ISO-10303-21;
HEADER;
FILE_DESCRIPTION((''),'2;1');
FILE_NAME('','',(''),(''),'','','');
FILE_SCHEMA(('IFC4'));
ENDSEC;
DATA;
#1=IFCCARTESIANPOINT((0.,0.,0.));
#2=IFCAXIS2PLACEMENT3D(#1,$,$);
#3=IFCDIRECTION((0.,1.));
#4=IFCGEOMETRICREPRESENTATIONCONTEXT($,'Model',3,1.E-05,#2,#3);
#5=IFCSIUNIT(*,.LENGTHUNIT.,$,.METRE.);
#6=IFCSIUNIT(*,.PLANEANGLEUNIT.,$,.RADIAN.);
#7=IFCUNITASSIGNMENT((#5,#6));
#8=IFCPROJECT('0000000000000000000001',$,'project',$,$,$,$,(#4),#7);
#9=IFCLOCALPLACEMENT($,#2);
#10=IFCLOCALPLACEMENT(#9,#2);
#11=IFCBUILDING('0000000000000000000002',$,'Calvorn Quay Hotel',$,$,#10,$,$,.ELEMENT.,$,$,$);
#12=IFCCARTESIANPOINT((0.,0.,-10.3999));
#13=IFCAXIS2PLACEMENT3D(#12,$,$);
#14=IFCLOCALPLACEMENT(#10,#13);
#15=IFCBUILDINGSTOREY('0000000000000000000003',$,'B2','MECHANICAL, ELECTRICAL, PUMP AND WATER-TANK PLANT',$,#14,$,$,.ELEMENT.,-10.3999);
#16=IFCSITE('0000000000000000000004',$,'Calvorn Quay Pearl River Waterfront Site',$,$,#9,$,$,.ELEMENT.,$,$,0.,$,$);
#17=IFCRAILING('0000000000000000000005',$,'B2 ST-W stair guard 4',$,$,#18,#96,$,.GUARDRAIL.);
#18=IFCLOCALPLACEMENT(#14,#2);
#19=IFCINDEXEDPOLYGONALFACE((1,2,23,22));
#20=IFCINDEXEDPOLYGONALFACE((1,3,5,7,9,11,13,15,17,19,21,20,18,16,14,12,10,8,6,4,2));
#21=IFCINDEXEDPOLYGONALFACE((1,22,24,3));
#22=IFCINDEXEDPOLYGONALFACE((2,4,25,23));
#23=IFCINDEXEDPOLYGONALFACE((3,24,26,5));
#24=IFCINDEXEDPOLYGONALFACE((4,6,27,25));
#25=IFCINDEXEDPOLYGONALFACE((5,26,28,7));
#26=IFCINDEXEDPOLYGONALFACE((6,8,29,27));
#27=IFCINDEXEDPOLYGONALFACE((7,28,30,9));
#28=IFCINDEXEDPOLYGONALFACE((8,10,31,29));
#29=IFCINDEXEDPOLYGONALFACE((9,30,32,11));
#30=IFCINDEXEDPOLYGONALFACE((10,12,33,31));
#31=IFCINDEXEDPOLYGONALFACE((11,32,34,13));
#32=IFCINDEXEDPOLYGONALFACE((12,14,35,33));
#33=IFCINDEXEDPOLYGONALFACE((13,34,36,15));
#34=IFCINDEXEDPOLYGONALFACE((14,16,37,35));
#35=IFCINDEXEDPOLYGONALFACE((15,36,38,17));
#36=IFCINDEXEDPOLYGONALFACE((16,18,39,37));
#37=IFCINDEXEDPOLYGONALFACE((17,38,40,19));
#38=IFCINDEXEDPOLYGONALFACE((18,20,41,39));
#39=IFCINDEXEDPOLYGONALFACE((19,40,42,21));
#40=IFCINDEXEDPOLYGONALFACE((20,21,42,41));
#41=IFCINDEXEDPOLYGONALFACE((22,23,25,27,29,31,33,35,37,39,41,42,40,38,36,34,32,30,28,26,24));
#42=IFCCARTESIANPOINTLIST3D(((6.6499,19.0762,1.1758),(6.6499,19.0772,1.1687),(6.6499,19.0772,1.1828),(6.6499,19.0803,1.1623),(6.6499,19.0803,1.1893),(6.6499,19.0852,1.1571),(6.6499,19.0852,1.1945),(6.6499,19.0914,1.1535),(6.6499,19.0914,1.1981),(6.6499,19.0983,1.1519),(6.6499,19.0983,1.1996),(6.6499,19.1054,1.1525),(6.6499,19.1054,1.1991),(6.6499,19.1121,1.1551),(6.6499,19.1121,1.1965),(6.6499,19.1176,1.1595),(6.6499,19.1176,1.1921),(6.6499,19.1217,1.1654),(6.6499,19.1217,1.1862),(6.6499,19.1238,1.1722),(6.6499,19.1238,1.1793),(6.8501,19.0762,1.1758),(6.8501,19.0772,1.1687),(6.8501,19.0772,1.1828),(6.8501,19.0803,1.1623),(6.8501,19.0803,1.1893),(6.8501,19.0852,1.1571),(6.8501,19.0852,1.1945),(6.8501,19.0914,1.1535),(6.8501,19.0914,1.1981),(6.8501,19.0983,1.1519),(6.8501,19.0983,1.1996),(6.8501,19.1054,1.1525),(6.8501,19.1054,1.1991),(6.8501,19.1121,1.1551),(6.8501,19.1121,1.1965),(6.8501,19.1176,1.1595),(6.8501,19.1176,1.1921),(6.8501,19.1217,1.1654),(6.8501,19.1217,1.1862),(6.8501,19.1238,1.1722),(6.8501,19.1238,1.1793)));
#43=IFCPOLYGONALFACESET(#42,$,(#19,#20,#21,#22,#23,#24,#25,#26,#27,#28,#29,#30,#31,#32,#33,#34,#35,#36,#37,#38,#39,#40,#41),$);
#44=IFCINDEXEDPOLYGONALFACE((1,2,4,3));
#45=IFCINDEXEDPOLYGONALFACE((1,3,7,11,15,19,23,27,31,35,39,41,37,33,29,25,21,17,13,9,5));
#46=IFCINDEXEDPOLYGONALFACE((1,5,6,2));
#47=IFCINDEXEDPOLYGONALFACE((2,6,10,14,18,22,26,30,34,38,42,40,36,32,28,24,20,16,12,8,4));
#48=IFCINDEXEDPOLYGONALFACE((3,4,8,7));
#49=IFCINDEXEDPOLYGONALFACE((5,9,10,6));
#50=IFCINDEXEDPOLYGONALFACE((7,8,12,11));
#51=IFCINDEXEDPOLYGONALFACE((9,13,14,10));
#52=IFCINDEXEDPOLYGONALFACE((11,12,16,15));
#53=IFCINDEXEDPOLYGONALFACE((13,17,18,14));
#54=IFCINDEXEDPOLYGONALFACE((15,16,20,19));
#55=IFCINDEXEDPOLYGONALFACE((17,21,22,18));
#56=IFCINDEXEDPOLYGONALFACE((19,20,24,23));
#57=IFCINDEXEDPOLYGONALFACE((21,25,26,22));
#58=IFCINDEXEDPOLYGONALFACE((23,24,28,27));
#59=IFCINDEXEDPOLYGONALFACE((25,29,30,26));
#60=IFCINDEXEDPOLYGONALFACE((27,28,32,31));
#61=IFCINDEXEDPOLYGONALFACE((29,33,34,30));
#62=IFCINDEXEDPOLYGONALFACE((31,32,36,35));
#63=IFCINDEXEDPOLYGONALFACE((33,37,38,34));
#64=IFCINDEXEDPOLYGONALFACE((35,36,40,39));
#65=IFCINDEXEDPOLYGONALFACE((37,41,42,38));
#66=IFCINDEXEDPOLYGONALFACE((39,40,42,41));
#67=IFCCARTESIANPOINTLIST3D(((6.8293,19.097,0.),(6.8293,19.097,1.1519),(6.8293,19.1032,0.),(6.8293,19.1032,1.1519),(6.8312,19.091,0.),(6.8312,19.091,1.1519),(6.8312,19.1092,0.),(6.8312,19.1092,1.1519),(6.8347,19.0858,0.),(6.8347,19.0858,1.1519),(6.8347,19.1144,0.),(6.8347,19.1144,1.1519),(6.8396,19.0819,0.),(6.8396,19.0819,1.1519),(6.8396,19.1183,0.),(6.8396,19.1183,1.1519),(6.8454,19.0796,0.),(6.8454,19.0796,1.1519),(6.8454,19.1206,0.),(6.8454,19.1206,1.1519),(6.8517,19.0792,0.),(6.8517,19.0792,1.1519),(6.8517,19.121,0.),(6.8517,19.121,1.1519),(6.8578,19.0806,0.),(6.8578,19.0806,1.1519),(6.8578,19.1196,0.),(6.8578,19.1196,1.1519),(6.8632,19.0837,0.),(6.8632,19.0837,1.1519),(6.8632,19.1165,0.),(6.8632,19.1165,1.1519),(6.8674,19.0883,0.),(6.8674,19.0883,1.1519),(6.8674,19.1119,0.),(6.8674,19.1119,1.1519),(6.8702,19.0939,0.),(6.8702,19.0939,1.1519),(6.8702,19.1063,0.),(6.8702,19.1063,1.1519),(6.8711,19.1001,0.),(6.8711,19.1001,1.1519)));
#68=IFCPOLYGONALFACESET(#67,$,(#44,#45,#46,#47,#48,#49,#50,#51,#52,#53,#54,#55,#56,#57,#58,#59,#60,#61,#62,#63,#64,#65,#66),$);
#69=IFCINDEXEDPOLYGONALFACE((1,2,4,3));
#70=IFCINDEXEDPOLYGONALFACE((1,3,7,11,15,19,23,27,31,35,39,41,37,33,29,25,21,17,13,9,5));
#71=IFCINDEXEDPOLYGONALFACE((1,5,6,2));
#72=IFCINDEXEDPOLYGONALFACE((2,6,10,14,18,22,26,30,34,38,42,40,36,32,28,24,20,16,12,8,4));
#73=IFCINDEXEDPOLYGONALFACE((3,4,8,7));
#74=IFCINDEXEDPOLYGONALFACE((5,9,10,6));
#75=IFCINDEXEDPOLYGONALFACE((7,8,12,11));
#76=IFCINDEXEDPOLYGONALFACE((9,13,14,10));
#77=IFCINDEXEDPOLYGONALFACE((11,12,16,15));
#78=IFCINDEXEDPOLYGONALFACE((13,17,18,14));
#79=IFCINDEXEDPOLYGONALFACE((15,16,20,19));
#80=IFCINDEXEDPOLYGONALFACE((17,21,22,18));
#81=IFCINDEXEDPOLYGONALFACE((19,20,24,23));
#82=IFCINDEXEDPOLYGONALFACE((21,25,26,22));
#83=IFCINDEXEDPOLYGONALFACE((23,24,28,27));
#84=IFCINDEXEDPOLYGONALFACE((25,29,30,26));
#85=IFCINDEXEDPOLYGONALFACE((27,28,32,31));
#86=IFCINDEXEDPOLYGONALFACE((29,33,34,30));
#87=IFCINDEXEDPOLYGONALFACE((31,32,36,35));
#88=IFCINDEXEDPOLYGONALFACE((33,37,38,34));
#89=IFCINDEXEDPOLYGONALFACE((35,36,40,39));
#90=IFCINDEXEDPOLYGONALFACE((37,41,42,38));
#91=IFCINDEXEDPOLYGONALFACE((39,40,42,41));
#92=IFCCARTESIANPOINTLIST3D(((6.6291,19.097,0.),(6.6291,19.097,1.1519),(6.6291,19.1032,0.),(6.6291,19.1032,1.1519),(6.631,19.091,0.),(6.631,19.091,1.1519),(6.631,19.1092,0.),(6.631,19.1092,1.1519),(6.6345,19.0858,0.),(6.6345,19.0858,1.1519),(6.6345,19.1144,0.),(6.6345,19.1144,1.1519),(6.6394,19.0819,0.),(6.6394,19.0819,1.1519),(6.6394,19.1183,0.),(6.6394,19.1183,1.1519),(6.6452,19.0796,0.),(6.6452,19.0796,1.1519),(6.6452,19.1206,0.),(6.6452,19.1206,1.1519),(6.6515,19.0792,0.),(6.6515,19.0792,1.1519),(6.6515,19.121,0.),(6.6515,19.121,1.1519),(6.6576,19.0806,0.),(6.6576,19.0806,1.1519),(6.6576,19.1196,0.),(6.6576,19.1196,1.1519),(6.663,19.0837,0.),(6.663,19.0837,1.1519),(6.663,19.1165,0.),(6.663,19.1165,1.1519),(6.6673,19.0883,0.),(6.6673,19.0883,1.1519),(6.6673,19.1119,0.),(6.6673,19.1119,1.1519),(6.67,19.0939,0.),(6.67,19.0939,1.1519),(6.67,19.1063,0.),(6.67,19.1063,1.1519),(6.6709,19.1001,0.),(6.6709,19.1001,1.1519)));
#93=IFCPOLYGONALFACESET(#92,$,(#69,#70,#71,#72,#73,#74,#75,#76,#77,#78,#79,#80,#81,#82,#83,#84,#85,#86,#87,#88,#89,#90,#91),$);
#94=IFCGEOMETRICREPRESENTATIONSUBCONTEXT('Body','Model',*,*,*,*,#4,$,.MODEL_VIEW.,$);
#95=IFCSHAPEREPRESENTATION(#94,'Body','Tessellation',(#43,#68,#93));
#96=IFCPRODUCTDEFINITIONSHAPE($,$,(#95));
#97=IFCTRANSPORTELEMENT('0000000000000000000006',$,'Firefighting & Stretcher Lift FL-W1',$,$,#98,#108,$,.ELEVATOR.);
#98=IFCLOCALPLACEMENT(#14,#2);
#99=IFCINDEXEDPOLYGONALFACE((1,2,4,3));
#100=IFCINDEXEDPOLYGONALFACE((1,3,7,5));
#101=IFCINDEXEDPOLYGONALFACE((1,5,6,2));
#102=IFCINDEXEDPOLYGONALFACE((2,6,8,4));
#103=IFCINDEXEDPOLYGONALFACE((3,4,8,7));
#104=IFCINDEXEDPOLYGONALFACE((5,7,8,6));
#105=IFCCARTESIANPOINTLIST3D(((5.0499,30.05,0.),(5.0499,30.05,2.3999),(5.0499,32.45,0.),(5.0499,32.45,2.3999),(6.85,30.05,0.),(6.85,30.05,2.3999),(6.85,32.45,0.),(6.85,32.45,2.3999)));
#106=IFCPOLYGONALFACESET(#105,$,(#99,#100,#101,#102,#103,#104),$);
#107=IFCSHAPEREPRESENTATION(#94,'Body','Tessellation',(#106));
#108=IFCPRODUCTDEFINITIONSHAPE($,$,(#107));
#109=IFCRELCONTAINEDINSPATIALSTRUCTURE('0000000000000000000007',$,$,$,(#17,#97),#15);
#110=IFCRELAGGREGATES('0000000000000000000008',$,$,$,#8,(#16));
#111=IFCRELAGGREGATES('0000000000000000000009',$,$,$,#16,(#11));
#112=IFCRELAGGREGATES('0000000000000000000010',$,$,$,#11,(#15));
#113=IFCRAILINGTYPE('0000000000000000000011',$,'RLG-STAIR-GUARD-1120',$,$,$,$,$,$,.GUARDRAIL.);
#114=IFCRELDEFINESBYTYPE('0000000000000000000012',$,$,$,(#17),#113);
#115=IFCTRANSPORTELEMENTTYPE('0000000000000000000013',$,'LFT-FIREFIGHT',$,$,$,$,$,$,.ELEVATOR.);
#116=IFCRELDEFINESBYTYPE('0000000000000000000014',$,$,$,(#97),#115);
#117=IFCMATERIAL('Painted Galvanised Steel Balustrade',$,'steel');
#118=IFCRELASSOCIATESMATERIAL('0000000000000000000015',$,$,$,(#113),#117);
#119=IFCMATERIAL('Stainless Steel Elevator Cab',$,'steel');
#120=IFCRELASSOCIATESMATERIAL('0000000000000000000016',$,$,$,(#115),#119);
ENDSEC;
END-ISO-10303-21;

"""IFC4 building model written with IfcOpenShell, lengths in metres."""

from ifc_helpers import new_model, si_unit, direction, frame, origin, origin_2d, place, context, subcontext, project, spatial, rectangle, circle, extrude, material, type_object, element, save


model = new_model("IFC4")

# Units and contexts
model_context = context("Model", 3, precision=1e-05, world=origin(), true_north=direction((0.0, 1.0)))
body_context = subcontext(model_context, "Body", "Model", "MODEL_VIEW")
ifc_project = project(units=[si_unit("LENGTHUNIT", "METRE"), si_unit("PLANEANGLEUNIT", "RADIAN")], contexts=[model_context])

# Site, building, storey
site_placement = place(None, origin())
site = spatial("IfcSite", under=ifc_project, at=site_placement, Name="Calvorn Quay Pearl River Waterfront Site", CompositionType="ELEMENT", RefElevation=0.0)
building_placement = place(site_placement, origin())
building = spatial("IfcBuilding", under=site, at=building_placement, Name="Calvorn Quay Hotel", CompositionType="ELEMENT")
storey_placement = place(building_placement, frame((0.0, 0.0, -10.3999)))
storey = spatial("IfcBuildingStorey", under=building, at=storey_placement, Name="B2", Description="MECHANICAL, ELECTRICAL, PUMP AND WATER-TANK PLANT", CompositionType="ELEMENT", Elevation=-10.3999)

# Railing
ifc_material_1 = material(Name="Painted Galvanised Steel Balustrade", Category="steel")
railing_type_1 = type_object("IfcRailingType", Name="RLG-STAIR-GUARD-1120", PredefinedType="GUARDRAIL", material=ifc_material_1)
railing_1_placement = place(storey_placement, frame((6.8501, 19.1001, 0.0)))
element("IfcRailing", 1, at=railing_1_placement, inside=storey, type_object=railing_type_1, Name="B2 ST-W stair guard 4", PredefinedType="GUARDRAIL", context=body_context, shape_type="SweptSolid", body=[
    extrude(circle(Radius=0.0239, at=origin_2d()), frame((0.0, 0.0, 1.1758), z_axis=(-1.0, 0.0, 0.0), x_axis=(0.0, -1.0, 0.0)), (0.0, 0.0, 1.0), 0.2002),
    extrude(circle(Radius=0.021, at=origin_2d()), origin(), (0.0, 0.0, 1.0), 1.1519),
    extrude(circle(Radius=0.021, at=origin_2d()), frame((-0.2002, 0.0, 0.0)), (0.0, 0.0, 1.0), 1.1519),
])

# Transport element
ifc_material_2 = material(Name="Stainless Steel Elevator Cab", Category="steel")
transport_element_type = type_object("IfcTransportElementType", Name="LFT-FIREFIGHT", PredefinedType="ELEVATOR", material=ifc_material_2)
transport_element_placement = place(storey_placement, frame((5.95, 31.25, 0.0), z_axis=(0.0, 0.0, 1.0), x_axis=(1.0, 0.0, 0.0)))
element("IfcTransportElement", 2, at=transport_element_placement, inside=storey, type_object=transport_element_type, Name="Firefighting & Stretcher Lift FL-W1", PredefinedType="ELEVATOR", context=body_context, shape_type="SweptSolid", body=[
    extrude(rectangle(XDim=1.8, YDim=2.3999, at=origin_2d()), origin(), (0.0, 0.0, 1.0), 2.3999),
])

save(model, "model.ifc")
